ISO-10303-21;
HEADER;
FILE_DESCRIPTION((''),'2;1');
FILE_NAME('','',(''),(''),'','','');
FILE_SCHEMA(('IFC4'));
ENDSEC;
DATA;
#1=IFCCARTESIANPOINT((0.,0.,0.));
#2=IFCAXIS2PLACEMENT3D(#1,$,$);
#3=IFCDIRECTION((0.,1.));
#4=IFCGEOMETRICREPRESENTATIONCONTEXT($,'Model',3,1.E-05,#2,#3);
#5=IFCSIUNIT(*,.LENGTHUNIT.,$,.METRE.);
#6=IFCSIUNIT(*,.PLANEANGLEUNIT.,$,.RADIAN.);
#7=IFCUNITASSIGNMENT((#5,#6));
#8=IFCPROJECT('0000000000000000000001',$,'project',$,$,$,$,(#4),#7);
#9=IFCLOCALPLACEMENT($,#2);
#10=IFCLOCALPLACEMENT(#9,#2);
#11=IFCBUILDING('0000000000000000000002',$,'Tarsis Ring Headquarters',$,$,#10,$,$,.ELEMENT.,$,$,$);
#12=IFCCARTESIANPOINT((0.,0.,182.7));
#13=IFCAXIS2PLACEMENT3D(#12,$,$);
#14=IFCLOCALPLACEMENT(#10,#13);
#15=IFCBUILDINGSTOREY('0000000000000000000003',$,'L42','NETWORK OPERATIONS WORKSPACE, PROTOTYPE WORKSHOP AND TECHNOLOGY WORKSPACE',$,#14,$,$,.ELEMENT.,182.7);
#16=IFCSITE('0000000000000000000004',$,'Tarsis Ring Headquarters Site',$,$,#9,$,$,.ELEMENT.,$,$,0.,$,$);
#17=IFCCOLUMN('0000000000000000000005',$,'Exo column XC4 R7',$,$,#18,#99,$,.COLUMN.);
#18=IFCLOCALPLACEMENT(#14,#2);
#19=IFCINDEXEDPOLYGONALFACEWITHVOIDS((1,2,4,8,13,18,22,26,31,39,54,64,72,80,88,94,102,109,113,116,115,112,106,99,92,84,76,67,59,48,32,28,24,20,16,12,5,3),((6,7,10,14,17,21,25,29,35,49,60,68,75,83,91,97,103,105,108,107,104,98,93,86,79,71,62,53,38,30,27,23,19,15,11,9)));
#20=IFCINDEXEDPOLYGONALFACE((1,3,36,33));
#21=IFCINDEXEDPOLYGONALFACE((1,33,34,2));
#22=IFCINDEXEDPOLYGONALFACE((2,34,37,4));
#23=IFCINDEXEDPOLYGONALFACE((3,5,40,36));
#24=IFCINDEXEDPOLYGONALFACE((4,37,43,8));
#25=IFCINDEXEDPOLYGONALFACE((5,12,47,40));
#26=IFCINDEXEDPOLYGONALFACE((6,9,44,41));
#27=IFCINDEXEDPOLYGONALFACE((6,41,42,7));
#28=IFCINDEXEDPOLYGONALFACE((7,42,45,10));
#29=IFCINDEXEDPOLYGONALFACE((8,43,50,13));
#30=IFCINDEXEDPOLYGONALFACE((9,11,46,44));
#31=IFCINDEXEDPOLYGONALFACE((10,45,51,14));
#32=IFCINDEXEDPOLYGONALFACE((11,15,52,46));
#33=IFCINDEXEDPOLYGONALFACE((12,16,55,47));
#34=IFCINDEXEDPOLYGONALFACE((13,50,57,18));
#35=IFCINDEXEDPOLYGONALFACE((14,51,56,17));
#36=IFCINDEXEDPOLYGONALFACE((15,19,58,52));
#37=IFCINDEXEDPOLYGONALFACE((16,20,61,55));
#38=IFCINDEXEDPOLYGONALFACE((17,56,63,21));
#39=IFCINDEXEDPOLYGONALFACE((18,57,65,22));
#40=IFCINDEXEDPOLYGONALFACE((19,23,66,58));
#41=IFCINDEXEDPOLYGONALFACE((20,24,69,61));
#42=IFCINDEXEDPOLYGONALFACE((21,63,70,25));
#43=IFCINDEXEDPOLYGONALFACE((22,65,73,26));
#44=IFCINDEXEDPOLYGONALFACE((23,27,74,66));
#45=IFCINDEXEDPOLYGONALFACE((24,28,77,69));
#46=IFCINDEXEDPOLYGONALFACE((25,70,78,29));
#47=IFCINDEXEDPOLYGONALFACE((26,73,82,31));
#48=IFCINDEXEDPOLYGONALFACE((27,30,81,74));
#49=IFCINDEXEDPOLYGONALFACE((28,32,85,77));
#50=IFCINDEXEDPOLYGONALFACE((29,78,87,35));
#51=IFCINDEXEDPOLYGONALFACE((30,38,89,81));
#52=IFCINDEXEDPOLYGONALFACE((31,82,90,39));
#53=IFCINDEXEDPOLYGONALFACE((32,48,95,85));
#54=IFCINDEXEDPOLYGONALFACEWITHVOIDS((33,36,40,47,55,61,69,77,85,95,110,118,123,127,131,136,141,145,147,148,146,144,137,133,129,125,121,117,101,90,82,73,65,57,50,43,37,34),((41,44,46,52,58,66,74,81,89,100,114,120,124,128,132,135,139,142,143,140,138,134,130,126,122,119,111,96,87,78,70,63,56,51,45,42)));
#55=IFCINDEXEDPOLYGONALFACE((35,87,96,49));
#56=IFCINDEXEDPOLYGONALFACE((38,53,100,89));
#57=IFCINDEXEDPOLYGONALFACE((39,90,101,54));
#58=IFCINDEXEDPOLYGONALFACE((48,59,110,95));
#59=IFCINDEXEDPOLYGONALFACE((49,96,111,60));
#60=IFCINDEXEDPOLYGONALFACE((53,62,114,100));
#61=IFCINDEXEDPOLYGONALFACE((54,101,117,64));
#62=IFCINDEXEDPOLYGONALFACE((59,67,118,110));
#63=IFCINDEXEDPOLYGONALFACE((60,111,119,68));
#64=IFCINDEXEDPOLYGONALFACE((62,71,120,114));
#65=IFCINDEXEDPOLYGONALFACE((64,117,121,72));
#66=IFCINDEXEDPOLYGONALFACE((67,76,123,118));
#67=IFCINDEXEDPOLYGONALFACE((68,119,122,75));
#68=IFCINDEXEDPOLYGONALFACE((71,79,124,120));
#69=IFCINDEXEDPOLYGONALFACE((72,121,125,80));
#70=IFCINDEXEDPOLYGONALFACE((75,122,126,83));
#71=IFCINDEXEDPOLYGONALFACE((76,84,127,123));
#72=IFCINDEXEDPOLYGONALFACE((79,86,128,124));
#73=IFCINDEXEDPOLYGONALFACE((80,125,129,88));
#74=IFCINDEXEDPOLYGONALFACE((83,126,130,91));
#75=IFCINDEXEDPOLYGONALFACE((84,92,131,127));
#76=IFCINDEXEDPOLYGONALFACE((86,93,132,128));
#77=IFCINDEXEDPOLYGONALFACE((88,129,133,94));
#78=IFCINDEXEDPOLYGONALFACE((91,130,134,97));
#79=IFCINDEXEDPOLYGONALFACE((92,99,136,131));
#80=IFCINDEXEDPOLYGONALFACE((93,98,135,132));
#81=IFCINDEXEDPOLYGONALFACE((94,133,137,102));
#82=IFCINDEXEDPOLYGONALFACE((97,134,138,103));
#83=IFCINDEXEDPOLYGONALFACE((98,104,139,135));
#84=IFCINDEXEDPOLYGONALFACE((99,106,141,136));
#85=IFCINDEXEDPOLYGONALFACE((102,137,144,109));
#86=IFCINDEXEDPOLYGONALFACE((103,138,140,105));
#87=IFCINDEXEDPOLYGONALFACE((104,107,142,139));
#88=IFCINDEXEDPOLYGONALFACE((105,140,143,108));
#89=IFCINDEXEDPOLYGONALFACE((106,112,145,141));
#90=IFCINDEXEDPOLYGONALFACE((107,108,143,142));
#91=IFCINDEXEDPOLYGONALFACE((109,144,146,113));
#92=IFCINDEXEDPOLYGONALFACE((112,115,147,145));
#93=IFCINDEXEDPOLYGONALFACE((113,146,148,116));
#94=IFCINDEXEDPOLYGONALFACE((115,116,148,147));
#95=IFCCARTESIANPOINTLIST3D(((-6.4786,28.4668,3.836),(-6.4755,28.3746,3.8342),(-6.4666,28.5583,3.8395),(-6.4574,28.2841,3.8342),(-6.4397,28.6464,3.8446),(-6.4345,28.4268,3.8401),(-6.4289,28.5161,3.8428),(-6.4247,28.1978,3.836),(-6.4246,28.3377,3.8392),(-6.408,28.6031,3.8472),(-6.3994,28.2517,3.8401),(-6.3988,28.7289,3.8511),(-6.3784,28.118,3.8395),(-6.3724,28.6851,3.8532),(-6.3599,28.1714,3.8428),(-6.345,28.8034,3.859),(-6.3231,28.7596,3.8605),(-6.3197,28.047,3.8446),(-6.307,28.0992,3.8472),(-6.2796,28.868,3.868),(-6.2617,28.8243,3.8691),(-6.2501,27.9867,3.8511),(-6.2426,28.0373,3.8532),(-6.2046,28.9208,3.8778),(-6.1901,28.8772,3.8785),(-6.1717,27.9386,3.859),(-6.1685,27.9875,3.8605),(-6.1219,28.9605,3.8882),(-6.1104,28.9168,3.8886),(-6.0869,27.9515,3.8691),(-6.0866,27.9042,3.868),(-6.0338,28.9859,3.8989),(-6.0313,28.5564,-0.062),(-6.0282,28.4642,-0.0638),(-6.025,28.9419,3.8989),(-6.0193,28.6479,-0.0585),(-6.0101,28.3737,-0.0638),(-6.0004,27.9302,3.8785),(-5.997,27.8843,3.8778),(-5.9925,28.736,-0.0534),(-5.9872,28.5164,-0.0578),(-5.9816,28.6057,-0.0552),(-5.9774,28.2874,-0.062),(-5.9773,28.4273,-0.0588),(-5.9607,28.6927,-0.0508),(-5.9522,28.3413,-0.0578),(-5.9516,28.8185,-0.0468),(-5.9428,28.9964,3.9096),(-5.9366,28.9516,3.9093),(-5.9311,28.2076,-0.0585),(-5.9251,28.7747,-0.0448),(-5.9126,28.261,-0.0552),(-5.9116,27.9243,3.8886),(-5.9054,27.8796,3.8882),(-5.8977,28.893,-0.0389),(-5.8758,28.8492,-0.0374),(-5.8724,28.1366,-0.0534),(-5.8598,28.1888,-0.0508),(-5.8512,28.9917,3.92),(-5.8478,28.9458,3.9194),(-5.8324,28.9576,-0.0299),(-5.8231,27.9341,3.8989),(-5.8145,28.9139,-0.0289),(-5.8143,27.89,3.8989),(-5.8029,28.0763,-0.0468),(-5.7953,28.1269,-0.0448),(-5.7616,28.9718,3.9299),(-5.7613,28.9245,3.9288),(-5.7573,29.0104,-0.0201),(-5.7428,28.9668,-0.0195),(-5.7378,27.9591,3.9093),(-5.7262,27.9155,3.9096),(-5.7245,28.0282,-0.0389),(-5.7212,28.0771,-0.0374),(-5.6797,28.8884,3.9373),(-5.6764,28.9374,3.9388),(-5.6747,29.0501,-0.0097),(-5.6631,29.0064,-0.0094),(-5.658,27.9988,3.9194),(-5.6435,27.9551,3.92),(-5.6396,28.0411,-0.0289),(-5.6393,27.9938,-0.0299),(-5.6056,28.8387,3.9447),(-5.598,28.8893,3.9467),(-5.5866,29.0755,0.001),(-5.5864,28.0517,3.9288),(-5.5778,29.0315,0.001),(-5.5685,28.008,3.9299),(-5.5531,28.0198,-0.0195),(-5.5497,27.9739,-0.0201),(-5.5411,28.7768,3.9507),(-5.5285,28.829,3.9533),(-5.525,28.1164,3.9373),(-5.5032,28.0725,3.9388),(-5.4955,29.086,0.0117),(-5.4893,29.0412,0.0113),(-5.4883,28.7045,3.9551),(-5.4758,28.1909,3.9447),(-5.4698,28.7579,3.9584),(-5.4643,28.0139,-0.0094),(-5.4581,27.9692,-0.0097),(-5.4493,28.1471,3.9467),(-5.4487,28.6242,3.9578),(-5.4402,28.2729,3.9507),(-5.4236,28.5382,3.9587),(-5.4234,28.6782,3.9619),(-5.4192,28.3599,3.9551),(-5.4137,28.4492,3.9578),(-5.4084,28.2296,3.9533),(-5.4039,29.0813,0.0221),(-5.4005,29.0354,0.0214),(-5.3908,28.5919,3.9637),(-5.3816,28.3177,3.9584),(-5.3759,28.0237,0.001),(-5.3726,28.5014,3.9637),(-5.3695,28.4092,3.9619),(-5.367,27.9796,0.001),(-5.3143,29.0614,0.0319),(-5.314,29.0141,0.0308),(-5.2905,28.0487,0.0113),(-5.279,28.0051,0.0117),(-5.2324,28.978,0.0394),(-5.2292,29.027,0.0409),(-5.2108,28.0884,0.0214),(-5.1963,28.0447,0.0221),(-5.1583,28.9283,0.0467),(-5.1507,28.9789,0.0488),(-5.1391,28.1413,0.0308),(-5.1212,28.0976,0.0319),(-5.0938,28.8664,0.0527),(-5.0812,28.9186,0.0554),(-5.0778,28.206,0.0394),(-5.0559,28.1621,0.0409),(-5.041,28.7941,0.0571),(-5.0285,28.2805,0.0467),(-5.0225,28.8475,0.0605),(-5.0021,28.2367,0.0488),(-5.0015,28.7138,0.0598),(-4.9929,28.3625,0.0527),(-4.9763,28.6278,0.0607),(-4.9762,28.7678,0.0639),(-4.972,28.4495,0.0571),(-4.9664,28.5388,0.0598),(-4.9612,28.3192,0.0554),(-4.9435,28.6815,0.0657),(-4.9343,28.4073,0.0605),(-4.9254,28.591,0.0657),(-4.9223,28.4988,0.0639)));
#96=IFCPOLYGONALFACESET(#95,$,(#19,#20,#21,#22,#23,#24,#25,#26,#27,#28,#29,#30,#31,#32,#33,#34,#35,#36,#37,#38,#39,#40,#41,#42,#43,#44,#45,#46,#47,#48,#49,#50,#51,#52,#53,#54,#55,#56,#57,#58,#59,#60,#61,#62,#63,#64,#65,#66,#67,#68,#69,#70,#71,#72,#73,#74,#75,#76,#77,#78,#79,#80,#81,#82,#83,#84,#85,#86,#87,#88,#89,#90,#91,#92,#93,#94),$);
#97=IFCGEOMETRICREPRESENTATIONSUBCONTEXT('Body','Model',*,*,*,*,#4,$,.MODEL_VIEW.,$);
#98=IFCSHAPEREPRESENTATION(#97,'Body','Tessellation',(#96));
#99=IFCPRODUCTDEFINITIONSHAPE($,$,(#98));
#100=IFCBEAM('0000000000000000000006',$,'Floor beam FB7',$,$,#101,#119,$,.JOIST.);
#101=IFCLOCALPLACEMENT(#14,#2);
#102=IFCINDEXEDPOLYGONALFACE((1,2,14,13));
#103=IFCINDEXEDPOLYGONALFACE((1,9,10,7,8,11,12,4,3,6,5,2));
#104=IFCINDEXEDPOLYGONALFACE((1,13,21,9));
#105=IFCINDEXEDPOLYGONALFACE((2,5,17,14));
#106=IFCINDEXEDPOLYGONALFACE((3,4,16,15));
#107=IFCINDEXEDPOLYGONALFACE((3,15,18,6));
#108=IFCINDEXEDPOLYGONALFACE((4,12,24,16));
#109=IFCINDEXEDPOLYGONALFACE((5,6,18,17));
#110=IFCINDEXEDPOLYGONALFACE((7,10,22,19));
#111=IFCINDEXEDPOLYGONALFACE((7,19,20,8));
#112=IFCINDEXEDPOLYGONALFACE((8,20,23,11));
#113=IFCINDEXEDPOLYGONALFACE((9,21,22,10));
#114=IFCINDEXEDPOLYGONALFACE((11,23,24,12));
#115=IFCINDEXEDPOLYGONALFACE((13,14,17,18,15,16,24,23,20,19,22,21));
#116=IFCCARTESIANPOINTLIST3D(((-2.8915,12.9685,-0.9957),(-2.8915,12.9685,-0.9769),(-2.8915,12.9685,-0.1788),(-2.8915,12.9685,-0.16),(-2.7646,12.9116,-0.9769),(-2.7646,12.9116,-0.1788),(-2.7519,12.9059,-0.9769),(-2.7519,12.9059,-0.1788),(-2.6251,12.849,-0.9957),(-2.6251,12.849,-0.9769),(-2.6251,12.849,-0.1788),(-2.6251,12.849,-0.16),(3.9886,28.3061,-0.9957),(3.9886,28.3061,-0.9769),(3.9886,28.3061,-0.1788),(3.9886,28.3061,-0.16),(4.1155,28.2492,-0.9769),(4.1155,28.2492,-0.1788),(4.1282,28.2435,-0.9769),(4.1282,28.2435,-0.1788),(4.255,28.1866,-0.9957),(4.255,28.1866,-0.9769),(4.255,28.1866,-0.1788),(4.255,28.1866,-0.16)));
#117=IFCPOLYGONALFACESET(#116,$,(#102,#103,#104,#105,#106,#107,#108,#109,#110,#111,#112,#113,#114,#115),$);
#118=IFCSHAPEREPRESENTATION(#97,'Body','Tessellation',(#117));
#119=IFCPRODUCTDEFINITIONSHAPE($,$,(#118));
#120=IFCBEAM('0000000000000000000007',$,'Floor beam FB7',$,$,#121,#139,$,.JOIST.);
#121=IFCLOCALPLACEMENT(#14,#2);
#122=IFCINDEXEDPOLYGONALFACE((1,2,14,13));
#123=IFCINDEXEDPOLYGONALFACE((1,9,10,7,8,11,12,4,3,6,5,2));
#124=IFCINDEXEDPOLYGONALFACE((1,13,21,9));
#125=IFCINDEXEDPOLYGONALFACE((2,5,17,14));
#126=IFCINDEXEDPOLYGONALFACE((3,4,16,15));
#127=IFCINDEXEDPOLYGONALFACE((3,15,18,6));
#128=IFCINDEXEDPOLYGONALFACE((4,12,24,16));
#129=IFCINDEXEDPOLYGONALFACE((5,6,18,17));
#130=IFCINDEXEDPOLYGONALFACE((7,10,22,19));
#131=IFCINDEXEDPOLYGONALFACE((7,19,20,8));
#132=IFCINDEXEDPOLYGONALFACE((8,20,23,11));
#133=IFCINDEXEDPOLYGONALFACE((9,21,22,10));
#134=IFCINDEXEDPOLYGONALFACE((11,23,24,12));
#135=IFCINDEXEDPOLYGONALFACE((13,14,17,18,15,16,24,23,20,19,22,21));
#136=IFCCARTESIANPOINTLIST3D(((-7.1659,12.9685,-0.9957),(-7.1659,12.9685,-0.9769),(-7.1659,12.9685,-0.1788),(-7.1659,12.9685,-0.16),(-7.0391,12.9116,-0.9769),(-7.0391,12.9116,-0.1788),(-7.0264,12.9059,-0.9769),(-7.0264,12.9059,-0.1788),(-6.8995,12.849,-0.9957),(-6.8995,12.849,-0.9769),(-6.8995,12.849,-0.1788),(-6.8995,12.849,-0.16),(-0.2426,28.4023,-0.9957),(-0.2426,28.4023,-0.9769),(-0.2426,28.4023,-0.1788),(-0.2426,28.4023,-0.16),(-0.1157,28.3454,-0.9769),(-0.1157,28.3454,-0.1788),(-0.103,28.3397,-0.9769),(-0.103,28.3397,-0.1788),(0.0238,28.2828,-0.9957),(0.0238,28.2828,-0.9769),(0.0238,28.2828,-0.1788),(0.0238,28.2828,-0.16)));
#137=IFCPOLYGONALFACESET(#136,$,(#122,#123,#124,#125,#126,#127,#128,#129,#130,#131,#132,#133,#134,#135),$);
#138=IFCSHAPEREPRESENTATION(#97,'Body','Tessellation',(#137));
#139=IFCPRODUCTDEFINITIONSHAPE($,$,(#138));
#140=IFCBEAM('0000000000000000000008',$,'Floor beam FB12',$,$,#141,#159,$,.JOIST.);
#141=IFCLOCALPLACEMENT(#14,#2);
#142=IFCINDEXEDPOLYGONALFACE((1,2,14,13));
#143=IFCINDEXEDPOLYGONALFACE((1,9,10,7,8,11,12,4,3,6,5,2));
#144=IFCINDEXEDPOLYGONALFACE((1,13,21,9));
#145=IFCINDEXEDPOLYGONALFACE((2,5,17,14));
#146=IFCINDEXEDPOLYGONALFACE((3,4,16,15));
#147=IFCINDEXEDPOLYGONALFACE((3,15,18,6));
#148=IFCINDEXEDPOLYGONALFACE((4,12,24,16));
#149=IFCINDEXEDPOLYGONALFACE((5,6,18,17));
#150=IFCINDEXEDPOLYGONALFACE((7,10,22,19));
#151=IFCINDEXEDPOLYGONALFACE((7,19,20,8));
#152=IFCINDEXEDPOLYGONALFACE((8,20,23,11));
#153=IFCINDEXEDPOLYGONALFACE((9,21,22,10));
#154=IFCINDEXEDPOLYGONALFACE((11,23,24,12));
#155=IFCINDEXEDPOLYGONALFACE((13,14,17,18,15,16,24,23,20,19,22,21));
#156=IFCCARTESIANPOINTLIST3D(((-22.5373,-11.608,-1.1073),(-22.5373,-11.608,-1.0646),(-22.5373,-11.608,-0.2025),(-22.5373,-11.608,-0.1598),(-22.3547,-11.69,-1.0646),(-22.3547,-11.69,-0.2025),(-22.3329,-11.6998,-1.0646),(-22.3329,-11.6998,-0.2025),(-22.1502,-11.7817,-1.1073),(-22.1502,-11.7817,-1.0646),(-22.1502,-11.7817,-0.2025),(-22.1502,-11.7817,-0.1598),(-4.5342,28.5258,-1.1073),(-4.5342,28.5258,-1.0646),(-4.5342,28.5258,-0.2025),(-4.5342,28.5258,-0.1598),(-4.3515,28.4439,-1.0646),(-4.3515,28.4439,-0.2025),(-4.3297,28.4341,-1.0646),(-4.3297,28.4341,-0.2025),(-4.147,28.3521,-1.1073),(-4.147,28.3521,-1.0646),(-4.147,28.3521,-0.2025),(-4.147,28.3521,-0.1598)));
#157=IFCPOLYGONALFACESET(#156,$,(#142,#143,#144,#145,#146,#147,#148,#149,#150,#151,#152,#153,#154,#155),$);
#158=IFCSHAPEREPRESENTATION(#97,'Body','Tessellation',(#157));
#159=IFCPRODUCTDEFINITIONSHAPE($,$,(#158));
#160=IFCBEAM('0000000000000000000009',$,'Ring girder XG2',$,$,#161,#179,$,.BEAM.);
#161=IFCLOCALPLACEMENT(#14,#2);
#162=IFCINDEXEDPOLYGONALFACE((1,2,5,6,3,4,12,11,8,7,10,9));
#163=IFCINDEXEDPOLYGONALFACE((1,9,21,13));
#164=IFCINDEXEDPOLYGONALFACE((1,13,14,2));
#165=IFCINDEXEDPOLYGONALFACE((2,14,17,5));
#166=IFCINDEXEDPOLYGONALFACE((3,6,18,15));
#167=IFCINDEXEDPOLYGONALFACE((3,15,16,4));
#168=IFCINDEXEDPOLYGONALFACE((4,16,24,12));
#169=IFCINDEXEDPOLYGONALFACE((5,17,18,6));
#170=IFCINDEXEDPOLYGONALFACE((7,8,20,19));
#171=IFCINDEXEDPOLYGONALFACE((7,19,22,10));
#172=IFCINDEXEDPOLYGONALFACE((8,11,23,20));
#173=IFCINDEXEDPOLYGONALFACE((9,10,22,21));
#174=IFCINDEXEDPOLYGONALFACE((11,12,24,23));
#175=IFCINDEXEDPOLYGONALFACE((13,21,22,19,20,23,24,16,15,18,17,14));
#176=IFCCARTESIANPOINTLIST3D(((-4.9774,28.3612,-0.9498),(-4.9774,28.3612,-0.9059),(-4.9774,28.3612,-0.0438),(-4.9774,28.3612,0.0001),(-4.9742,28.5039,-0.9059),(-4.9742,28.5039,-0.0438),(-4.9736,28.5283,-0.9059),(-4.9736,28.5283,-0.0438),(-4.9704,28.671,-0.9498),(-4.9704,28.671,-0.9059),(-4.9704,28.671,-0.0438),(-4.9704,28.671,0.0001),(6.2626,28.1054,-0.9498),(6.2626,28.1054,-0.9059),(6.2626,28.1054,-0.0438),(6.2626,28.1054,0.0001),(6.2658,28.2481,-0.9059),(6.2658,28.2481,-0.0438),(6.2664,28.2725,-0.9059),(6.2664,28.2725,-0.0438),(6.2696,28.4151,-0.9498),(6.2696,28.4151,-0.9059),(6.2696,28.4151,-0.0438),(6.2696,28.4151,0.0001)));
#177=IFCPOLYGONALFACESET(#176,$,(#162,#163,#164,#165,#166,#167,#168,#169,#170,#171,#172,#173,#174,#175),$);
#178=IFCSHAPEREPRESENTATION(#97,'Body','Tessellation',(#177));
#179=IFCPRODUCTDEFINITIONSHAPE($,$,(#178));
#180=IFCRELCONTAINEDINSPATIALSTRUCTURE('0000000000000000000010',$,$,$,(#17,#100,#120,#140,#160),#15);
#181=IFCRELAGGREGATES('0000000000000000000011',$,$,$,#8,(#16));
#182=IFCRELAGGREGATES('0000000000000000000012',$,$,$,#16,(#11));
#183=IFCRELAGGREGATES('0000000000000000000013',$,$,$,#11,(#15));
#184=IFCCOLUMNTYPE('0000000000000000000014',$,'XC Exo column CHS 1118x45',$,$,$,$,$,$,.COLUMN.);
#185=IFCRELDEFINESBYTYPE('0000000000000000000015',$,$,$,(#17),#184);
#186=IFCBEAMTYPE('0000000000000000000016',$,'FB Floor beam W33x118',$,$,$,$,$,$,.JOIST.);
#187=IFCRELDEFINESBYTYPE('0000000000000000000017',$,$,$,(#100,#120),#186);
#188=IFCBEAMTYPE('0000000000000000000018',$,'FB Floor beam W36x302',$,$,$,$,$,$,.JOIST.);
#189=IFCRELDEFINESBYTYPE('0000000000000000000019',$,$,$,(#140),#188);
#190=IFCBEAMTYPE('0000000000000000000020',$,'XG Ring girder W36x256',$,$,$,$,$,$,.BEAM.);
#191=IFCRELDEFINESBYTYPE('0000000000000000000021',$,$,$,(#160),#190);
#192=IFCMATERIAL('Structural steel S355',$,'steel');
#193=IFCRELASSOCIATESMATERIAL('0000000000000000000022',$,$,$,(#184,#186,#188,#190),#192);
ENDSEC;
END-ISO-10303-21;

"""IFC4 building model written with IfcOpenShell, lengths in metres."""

from ifc_helpers import new_model, si_unit, direction, frame, origin, origin_2d, place, context, subcontext, project, spatial, hollow_circle, i_section, extrude, material, material_profile, profile_set, type_object, element, save


model = new_model("IFC4")

# Units and contexts
model_context = context("Model", 3, precision=1e-05, world=origin(), true_north=direction((0.0, 1.0)))
body_context = subcontext(model_context, "Body", "Model", "MODEL_VIEW")
ifc_project = project(units=[si_unit("LENGTHUNIT", "METRE"), si_unit("PLANEANGLEUNIT", "RADIAN")], contexts=[model_context])

# Site, building, storey
site_placement = place(None, origin())
site = spatial("IfcSite", under=ifc_project, at=site_placement, Name="Tarsis Ring Headquarters Site", CompositionType="ELEMENT", RefElevation=0.0)
building_placement = place(site_placement, origin())
building = spatial("IfcBuilding", under=site, at=building_placement, Name="Tarsis Ring Headquarters", CompositionType="ELEMENT")
storey_placement = place(building_placement, frame((0.0, 0.0, 182.7)))
storey = spatial("IfcBuildingStorey", under=building, at=storey_placement, Name="L42", Description="NETWORK OPERATIONS WORKSPACE, PROTOTYPE WORKSHOP AND TECHNOLOGY WORKSPACE", CompositionType="ELEMENT", Elevation=182.7)

# Column
ifc_material_1 = material(Name="Structural steel S355", Category="steel")
ifc_material_profile_1 = material_profile(ifc_material_1, hollow_circle(Radius=0.5588, WallThickness=0.0449, at=origin_2d()), Name="CHS 1118x45")
ifc_profile_set_1 = profile_set([ifc_material_profile_1], Name="Structural steel S355")
column_type = type_object("IfcColumnType", Name="XC Exo column CHS 1118x45", PredefinedType="COLUMN", material=ifc_profile_set_1)
column_placement = place(storey_placement, frame((-5.4768, 28.5276, 0.001), z_axis=(-0.113966, -0.022831, 0.993222), x_axis=(0.196425, -0.980519, 0.0)))
element("IfcColumn", 1, at=column_placement, inside=storey, type_object=column_type, Name="Exo column XC4 R7", PredefinedType="COLUMN", context=body_context, shape_type="SweptSolid", body=[
    extrude(hollow_circle(Radius=0.5588, WallThickness=0.0449, at=origin_2d()), origin(), (0.0, 0.0, 1.0), 3.9246),
])

# Beams
ifc_material_profile_2 = material_profile(ifc_material_1, i_section(OverallWidth=0.292, OverallDepth=0.8357, WebThickness=0.0139, FlangeThickness=0.0188, at=origin_2d()), Name="W33x118")
ifc_profile_set_2 = profile_set([ifc_material_profile_2], Name="Structural steel S355")
beam_type_1 = type_object("IfcBeamType", Name="FB Floor beam W33x118", PredefinedType="JOIST", material=ifc_profile_set_2)
beam_1_placement = place(storey_placement, frame((4.1218, 28.2463, -0.5779), z_axis=(-0.409285, -0.912406, 0.0), x_axis=(0.912406, -0.409285, 0.0)))
element("IfcBeam", 2, at=beam_1_placement, inside=storey, type_object=beam_type_1, Name="Floor beam FB7", PredefinedType="JOIST", context=body_context, shape_type="SweptSolid", body=[
    extrude(i_section(OverallWidth=0.292, OverallDepth=0.8357, WebThickness=0.0139, FlangeThickness=0.0188, at=origin_2d()), origin(), (0.0, 0.0, 1.0), 16.8101),
])
beam_2_placement = place(storey_placement, frame((-0.1094, 28.3425, -0.5779), z_axis=(-0.409288, -0.912405, 0.0), x_axis=(0.912405, -0.409288, 0.0)))
element("IfcBeam", 3, at=beam_2_placement, inside=storey, type_object=beam_type_1, Name="Floor beam FB7", PredefinedType="JOIST", context=body_context, shape_type="SweptSolid", body=[
    extrude(i_section(OverallWidth=0.292, OverallDepth=0.8357, WebThickness=0.0139, FlangeThickness=0.0188, at=origin_2d()), origin(), (0.0, 0.0, 1.0), 16.9155),
])
ifc_material_profile_3 = material_profile(ifc_material_1, i_section(OverallWidth=0.4243, OverallDepth=0.9475, WebThickness=0.0239, FlangeThickness=0.0427, at=origin_2d()), Name="W36x302")
ifc_profile_set_3 = profile_set([ifc_material_profile_3], Name="Structural steel S355")
beam_type_2 = type_object("IfcBeamType", Name="FB Floor beam W36x302", PredefinedType="JOIST", material=ifc_profile_set_3)
beam_3_placement = place(storey_placement, frame((-4.3406, 28.439, -0.6335), z_axis=(-0.409286, -0.912406, 0.0), x_axis=(0.912406, -0.409286, 0.0)))
element("IfcBeam", 4, at=beam_3_placement, inside=storey, type_object=beam_type_2, Name="Floor beam FB12", PredefinedType="JOIST", context=body_context, shape_type="SweptSolid", body=[
    extrude(i_section(OverallWidth=0.4243, OverallDepth=0.9475, WebThickness=0.0239, FlangeThickness=0.0427, at=origin_2d()), origin(), (0.0, 0.0, 1.0), 43.9868),
])
ifc_material_profile_4 = material_profile(ifc_material_1, i_section(OverallWidth=0.3098, OverallDepth=0.95, WebThickness=0.0244, FlangeThickness=0.0439, at=origin_2d()), Name="W36x256")
ifc_profile_set_4 = profile_set([ifc_material_profile_4], Name="Structural steel S355")
beam_type_3 = type_object("IfcBeamType", Name="XG Ring girder W36x256", PredefinedType="BEAM", material=ifc_profile_set_4)
beam_4_placement = place(storey_placement, frame((6.2661, 28.2603, -0.4749), z_axis=(-0.999741, 0.022757, 0.0), x_axis=(-0.022757, -0.999741, 0.0)))
element("IfcBeam", 5, at=beam_4_placement, inside=storey, type_object=beam_type_3, Name="Ring girder XG2", PredefinedType="BEAM", context=body_context, shape_type="SweptSolid", body=[
    extrude(i_section(OverallWidth=0.3098, OverallDepth=0.95, WebThickness=0.0244, FlangeThickness=0.0439, at=origin_2d()), origin(), (0.0, 0.0, 1.0), 11.2429),
])

save(model, "model.ifc")
